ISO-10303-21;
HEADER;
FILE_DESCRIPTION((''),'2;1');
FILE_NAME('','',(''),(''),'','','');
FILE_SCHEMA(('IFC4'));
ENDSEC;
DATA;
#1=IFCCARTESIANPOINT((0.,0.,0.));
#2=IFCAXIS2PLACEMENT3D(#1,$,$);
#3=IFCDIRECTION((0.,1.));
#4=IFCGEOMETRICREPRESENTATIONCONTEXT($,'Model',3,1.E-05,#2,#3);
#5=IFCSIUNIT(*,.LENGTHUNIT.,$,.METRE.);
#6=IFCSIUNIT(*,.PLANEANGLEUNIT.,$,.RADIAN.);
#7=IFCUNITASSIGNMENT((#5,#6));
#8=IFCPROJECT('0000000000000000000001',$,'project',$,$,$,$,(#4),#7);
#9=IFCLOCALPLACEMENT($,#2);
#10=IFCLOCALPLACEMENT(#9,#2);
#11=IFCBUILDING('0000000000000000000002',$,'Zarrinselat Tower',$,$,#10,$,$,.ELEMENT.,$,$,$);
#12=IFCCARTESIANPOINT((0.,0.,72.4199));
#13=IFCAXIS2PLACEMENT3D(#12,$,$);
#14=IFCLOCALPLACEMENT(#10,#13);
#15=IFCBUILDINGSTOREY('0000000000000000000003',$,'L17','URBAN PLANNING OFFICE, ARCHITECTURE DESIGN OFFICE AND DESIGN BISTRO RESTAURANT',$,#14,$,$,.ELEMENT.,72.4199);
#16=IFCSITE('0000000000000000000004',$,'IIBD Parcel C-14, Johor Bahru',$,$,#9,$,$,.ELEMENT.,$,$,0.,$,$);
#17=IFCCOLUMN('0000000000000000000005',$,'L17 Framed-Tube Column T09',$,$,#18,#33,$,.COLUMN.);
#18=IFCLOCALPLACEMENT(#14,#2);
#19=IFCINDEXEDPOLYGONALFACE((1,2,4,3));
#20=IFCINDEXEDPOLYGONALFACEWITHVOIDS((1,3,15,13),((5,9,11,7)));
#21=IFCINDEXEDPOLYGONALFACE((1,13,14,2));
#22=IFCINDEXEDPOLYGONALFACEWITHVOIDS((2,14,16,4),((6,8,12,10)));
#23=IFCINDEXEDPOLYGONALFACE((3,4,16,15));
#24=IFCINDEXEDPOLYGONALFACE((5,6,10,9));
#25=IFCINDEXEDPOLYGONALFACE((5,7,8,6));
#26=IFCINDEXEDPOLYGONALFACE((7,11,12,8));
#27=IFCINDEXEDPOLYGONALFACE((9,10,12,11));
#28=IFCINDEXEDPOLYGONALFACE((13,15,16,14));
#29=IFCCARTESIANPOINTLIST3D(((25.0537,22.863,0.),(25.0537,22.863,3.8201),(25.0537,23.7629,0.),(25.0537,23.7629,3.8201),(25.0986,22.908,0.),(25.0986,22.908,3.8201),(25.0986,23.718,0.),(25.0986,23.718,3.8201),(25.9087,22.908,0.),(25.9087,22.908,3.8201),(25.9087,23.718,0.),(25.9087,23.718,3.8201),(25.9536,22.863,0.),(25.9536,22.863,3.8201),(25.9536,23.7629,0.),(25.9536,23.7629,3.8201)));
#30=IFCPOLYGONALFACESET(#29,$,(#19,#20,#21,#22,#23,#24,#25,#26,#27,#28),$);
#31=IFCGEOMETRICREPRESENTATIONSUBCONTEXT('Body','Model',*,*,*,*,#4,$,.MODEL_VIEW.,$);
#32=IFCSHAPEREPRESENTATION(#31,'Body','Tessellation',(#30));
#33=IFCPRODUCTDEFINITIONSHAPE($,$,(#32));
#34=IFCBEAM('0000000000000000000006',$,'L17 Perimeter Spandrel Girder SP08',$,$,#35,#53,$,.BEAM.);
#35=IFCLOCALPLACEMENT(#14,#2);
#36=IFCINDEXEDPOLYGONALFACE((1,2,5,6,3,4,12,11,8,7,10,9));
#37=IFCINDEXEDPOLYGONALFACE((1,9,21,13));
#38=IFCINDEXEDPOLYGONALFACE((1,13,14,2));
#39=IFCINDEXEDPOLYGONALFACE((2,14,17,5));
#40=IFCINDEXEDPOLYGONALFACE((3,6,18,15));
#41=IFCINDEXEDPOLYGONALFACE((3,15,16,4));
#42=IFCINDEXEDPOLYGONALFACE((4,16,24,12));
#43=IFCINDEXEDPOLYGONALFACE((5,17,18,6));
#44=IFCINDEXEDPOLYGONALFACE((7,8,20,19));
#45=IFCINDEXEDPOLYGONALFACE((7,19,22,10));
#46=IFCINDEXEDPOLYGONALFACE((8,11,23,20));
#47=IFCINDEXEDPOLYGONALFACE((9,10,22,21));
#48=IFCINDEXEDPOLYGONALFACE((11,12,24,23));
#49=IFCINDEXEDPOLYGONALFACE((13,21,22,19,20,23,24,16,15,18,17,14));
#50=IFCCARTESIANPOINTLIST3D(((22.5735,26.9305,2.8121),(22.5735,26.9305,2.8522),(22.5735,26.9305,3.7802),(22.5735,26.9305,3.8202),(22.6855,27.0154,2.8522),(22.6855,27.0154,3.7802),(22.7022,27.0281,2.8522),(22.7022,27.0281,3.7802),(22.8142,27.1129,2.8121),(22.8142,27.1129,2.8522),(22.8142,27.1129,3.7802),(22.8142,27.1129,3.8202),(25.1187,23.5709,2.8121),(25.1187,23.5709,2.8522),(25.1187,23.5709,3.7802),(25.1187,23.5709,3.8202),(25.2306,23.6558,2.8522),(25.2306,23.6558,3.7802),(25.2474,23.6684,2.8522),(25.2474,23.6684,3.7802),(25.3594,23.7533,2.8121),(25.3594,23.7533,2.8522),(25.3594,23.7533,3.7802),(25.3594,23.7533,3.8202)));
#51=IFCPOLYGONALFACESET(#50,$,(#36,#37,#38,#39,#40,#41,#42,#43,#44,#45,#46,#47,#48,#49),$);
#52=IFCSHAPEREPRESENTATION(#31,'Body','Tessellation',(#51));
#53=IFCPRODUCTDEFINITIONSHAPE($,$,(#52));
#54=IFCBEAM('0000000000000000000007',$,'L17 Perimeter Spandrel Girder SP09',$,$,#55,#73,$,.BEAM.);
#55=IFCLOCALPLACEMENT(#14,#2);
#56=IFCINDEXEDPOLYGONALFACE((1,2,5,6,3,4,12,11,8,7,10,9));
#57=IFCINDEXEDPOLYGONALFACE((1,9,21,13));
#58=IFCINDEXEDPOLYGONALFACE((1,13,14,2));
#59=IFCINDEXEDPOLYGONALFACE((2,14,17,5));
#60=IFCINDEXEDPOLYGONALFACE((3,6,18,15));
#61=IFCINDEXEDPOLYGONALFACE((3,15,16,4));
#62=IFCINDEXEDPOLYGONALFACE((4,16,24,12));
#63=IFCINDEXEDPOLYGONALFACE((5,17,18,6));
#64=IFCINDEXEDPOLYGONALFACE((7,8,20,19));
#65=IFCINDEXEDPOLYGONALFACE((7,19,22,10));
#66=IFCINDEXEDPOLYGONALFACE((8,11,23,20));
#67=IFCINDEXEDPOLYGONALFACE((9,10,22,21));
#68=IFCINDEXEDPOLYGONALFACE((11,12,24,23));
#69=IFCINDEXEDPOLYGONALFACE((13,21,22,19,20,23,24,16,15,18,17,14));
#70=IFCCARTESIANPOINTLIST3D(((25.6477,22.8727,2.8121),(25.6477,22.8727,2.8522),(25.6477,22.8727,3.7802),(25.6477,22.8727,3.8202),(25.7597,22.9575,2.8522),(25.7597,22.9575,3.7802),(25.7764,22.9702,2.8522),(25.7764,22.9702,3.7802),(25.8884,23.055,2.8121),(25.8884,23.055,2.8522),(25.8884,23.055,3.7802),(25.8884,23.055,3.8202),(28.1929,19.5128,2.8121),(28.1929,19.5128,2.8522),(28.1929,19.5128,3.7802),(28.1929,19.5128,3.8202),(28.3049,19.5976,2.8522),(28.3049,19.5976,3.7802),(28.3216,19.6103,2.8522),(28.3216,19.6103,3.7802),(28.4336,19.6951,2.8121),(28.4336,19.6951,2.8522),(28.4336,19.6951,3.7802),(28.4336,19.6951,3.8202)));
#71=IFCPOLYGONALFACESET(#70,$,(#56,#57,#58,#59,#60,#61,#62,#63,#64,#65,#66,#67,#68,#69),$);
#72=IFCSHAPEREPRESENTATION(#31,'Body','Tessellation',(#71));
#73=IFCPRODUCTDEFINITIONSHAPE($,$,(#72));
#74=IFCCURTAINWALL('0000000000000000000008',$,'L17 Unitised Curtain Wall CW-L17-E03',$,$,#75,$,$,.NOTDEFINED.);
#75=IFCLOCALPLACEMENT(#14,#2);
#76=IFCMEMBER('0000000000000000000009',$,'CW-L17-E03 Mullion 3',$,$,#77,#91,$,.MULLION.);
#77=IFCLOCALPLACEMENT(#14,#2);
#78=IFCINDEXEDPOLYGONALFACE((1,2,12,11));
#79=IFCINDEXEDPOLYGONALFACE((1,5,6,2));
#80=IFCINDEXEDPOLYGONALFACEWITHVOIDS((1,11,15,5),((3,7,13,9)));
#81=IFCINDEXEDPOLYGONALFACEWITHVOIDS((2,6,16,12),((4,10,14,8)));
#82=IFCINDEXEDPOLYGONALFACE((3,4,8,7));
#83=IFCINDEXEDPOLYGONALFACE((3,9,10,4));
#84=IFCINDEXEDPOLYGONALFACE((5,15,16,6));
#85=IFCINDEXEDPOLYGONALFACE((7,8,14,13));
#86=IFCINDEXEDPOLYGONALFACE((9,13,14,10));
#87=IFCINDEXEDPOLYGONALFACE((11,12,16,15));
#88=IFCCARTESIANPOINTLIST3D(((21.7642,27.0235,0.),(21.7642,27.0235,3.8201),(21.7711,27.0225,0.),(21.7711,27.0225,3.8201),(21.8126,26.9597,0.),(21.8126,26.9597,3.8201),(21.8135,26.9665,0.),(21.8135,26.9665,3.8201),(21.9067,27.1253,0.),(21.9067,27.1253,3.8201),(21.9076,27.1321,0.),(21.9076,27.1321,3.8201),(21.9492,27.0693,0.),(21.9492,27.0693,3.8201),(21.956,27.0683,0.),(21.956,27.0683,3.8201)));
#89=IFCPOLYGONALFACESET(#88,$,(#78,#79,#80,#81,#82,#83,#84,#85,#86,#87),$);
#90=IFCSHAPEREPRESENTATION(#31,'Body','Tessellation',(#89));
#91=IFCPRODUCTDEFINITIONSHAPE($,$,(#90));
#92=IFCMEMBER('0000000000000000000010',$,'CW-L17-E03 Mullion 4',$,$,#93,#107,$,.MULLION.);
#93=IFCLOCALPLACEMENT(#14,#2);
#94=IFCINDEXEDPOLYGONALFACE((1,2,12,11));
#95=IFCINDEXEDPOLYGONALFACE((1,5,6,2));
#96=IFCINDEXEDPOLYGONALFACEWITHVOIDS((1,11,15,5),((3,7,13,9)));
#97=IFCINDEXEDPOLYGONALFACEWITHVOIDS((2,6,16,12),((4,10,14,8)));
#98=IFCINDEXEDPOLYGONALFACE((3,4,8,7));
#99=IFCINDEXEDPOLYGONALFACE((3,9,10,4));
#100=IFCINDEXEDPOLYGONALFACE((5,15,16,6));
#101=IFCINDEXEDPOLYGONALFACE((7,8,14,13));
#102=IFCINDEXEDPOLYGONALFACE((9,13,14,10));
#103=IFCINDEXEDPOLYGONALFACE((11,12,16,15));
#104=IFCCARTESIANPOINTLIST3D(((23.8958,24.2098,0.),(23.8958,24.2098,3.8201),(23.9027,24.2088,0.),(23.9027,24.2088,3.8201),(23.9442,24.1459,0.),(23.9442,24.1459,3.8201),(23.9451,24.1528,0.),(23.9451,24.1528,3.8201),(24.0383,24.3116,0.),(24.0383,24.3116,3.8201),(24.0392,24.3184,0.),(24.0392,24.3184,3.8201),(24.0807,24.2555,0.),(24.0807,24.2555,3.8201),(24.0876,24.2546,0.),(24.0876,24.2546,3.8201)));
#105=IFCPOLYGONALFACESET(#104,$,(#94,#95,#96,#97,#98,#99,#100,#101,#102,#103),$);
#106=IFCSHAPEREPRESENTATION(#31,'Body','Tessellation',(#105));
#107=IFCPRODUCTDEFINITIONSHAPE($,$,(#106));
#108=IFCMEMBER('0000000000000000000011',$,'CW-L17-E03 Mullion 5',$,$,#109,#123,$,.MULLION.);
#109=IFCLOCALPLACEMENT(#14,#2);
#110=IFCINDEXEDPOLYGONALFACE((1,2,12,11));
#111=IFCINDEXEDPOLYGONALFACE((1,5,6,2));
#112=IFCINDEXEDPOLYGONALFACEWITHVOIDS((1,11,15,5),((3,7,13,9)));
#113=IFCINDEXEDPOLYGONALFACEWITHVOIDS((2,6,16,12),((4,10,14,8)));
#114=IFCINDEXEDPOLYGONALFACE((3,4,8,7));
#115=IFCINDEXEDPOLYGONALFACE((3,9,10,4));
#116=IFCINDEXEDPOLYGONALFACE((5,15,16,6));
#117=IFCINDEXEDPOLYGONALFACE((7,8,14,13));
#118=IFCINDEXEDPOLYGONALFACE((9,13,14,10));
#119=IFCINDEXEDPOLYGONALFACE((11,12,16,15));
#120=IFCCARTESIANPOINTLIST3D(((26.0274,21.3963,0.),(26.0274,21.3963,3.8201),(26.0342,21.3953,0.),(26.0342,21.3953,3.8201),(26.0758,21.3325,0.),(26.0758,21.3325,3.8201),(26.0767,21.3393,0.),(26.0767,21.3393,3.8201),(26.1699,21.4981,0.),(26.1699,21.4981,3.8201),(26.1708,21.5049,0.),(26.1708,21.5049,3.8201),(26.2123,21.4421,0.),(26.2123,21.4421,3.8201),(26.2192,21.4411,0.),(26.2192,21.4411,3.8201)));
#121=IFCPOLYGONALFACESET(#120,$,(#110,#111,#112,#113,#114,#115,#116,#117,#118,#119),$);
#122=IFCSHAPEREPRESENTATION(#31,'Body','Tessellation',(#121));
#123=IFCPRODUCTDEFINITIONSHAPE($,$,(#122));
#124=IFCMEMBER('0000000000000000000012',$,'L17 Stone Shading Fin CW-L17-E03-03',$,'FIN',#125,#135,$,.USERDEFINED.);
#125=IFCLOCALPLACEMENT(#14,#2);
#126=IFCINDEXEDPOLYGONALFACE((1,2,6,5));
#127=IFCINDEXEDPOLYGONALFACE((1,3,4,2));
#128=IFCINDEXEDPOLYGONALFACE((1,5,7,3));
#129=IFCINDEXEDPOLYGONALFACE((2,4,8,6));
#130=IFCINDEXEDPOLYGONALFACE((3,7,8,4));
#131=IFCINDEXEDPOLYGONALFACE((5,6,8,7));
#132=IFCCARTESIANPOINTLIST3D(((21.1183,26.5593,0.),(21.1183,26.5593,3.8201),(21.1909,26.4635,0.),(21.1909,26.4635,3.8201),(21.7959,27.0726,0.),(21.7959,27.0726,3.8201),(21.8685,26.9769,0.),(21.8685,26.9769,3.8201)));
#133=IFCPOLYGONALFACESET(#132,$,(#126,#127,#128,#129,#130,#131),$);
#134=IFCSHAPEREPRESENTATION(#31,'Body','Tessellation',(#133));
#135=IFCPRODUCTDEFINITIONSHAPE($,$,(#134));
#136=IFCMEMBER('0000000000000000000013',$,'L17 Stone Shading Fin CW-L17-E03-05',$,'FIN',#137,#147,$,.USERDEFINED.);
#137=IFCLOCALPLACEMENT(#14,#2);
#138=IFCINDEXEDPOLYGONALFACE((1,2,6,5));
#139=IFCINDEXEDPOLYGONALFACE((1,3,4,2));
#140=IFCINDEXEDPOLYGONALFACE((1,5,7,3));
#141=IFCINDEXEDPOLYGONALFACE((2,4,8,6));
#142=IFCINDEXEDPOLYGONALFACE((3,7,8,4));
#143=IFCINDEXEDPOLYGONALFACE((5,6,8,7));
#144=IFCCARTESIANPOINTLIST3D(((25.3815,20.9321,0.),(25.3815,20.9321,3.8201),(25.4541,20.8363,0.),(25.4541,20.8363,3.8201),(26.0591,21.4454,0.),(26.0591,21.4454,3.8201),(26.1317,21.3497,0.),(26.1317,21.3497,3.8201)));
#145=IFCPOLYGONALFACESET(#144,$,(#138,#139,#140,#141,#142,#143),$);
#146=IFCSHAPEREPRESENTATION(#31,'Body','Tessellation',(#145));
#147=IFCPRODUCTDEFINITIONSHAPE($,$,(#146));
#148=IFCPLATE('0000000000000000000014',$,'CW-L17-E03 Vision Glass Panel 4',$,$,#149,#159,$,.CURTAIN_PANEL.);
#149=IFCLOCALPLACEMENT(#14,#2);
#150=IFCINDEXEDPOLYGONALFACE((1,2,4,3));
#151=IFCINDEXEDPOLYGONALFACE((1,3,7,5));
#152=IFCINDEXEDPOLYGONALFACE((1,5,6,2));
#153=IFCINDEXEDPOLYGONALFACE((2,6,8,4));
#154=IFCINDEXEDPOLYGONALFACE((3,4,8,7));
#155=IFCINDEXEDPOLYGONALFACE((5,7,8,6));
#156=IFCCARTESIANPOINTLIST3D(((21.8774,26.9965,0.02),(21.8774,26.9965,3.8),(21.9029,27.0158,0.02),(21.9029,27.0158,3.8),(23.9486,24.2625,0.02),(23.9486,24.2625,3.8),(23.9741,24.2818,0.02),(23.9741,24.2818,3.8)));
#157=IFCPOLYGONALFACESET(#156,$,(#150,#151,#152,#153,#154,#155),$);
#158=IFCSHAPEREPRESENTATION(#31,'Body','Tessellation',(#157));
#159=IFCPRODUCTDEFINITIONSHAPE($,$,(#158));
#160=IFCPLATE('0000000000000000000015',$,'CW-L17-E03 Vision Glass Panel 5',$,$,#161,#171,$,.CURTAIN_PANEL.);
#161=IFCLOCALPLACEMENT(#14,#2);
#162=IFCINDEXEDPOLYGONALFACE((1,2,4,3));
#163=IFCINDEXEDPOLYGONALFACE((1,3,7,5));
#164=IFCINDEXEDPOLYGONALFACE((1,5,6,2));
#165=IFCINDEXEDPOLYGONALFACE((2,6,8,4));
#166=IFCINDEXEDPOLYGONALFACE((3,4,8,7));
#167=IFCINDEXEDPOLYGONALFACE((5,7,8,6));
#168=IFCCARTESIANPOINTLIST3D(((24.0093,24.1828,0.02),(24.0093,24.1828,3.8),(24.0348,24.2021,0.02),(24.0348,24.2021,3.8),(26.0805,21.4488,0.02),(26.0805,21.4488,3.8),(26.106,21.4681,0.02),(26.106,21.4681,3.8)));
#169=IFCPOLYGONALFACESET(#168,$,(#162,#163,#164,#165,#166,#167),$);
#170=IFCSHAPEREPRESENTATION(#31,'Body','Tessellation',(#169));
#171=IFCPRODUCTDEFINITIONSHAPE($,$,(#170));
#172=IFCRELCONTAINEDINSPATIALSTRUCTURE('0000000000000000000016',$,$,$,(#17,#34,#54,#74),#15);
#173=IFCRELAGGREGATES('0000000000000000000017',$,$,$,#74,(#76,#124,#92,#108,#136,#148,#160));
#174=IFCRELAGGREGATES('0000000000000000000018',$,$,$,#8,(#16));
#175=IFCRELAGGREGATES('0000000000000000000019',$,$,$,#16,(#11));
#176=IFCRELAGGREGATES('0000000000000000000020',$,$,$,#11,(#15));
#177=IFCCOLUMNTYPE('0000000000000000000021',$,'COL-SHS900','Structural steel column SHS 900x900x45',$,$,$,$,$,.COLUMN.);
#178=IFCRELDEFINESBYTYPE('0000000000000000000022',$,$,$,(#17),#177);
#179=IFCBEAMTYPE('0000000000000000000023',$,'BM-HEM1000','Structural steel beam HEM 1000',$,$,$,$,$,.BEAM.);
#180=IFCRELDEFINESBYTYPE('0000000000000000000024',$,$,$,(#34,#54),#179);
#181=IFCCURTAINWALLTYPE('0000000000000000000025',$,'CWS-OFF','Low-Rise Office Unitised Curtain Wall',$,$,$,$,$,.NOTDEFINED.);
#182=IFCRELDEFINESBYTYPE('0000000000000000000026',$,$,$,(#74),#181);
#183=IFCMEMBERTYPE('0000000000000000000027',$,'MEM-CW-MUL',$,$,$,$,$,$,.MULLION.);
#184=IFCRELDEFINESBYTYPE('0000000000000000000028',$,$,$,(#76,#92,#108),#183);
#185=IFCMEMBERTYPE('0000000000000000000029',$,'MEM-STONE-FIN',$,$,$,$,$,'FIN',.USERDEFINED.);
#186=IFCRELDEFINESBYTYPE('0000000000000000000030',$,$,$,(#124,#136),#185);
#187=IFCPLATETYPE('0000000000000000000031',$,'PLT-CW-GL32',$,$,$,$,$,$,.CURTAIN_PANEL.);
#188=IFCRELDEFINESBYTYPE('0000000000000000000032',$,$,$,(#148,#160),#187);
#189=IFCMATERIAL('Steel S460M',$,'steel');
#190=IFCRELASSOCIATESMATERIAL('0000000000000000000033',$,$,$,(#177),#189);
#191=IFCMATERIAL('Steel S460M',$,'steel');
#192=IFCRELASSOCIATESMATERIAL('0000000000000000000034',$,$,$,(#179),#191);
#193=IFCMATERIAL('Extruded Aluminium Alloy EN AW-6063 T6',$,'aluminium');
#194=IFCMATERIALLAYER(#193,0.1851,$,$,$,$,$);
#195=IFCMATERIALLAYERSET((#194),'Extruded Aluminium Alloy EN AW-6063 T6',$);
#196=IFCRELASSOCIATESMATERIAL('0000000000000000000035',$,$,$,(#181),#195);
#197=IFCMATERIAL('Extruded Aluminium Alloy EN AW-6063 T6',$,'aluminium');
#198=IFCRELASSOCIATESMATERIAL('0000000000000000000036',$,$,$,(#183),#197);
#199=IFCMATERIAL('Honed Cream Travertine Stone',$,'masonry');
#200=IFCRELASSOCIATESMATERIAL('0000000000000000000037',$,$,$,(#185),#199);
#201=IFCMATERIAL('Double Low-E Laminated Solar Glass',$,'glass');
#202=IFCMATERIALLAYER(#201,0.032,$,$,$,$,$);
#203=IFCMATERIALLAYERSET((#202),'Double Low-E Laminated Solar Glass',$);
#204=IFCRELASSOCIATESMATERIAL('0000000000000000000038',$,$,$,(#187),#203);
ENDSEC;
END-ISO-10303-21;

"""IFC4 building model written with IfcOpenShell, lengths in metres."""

from ifc_helpers import new_model, si_unit, direction, frame, origin, origin_2d, place, context, subcontext, project, spatial, rectangle, hollow_rectangle, i_section, extrude, material, layer, layer_set, material_profile, profile_set, type_object, element, aggregate, save


model = new_model("IFC4")

# Units and contexts
model_context = context("Model", 3, precision=1e-05, world=origin(), true_north=direction((0.0, 1.0)))
body_context = subcontext(model_context, "Body", "Model", "MODEL_VIEW")
ifc_project = project(units=[si_unit("LENGTHUNIT", "METRE"), si_unit("PLANEANGLEUNIT", "RADIAN")], contexts=[model_context])

# Site, building, storey
site_placement = place(None, origin())
site = spatial("IfcSite", under=ifc_project, at=site_placement, Name="IIBD Parcel C-14, Johor Bahru", CompositionType="ELEMENT", RefElevation=0.0)
building_placement = place(site_placement, origin())
building = spatial("IfcBuilding", under=site, at=building_placement, Name="Zarrinselat Tower", CompositionType="ELEMENT")
storey_placement = place(building_placement, frame((0.0, 0.0, 72.4199)))
storey = spatial("IfcBuildingStorey", under=building, at=storey_placement, Name="L17", Description="URBAN PLANNING OFFICE, ARCHITECTURE DESIGN OFFICE AND DESIGN BISTRO RESTAURANT", CompositionType="ELEMENT", Elevation=72.4199)

# Column
ifc_material_1 = material(Name="Steel S460M", Category="steel")
ifc_material_profile_1 = material_profile(ifc_material_1, hollow_rectangle(XDim=0.8999, YDim=0.8999, WallThickness=0.0449, at=origin_2d()), Name="SHS 900x900x45")
ifc_profile_set_1 = profile_set([ifc_material_profile_1], Name="Steel S460M")
column_type = type_object("IfcColumnType", Name="COL-SHS900", Description="Structural steel column SHS 900x900x45", PredefinedType="COLUMN", material=ifc_profile_set_1)
column_placement = place(storey_placement, frame((25.5037, 23.313, 0.0), z_axis=(0.0, 0.0, 1.0), x_axis=(1.0, 0.0, 0.0)))
element("IfcColumn", 1, at=column_placement, inside=storey, type_object=column_type, Name="L17 Framed-Tube Column T09", PredefinedType="COLUMN", context=body_context, shape_type="SweptSolid", body=[
    extrude(hollow_rectangle(XDim=0.8999, YDim=0.8999, WallThickness=0.0449, at=origin_2d()), origin(), (0.0, 0.0, 1.0), 3.8201),
])

# Beams
ifc_material_2 = material(Name="Steel S460M", Category="steel")
ifc_material_profile_2 = material_profile(ifc_material_2, i_section(OverallWidth=0.302, OverallDepth=1.0081, WebThickness=0.021, FlangeThickness=0.04, at=origin_2d()), Name="HEM 1000")
ifc_profile_set_2 = profile_set([ifc_material_profile_2], Name="Steel S460M")
beam_type = type_object("IfcBeamType", Name="BM-HEM1000", Description="Structural steel beam HEM 1000", PredefinedType="BEAM", material=ifc_profile_set_2)
beam_1_placement = place(storey_placement, frame((22.6938, 27.0217, 3.3162), z_axis=(0.603858, -0.797092, 0.0), x_axis=(0.797092, 0.603858, 0.0)))
element("IfcBeam", 2, at=beam_1_placement, inside=storey, type_object=beam_type, Name="L17 Perimeter Spandrel Girder SP08", PredefinedType="BEAM", context=body_context, shape_type="SweptSolid", body=[
    extrude(i_section(OverallWidth=0.302, OverallDepth=1.0081, WebThickness=0.021, FlangeThickness=0.04, at=origin_2d()), origin(), (0.0, 0.0, 1.0), 4.2148),
])
beam_2_placement = place(storey_placement, frame((25.7681, 22.9639, 3.3162), z_axis=(0.60383, -0.797113, 0.0), x_axis=(0.797113, 0.60383, 0.0)))
element("IfcBeam", 3, at=beam_2_placement, inside=storey, type_object=beam_type, Name="L17 Perimeter Spandrel Girder SP09", PredefinedType="BEAM", context=body_context, shape_type="SweptSolid", body=[
    extrude(i_section(OverallWidth=0.302, OverallDepth=1.0081, WebThickness=0.021, FlangeThickness=0.04, at=origin_2d()), origin(), (0.0, 0.0, 1.0), 4.2151),
])

# Curtain wall, members, plates
ifc_material_3 = material(Name="Extruded Aluminium Alloy EN AW-6063 T6", Category="aluminium")
ifc_layer_1 = layer(ifc_material_3, 0.1851)
ifc_layer_set_1 = layer_set([ifc_layer_1], Name="Extruded Aluminium Alloy EN AW-6063 T6")
curtain_wall_type = type_object("IfcCurtainWallType", Name="CWS-OFF", Description="Low-Rise Office Unitised Curtain Wall", PredefinedType="NOTDEFINED", material=ifc_layer_set_1)
curtain_wall_placement = place(storey_placement, origin())
curtain_wall = element("IfcCurtainWall", 4, at=curtain_wall_placement, inside=storey, type_object=curtain_wall_type, Name="L17 Unitised Curtain Wall CW-L17-E03", PredefinedType="NOTDEFINED")
ifc_material_4 = material(Name="Extruded Aluminium Alloy EN AW-6063 T6", Category="aluminium")
ifc_material_profile_3 = material_profile(ifc_material_4, hollow_rectangle(XDim=0.0801, YDim=0.1799, WallThickness=0.0049, at=origin_2d()), Name="RHS 180x80x5")
ifc_profile_set_3 = profile_set([ifc_material_profile_3], Name="Extruded Aluminium Alloy EN AW-6063 T6")
member_type_1 = type_object("IfcMemberType", Name="MEM-CW-MUL", PredefinedType="MULLION", material=ifc_profile_set_3)
member_1_placement = place(storey_placement, frame((21.8601, 27.0459, 0.0), z_axis=(0.0, 0.0, 1.0), x_axis=(0.603855, -0.797094, 0.0)))
member_1 = element("IfcMember", 5, at=member_1_placement, type_object=member_type_1, Name="CW-L17-E03 Mullion 3", PredefinedType="MULLION", context=body_context, shape_type="SweptSolid", body=[
    extrude(hollow_rectangle(XDim=0.0801, YDim=0.1799, WallThickness=0.0049, at=origin_2d()), origin(), (0.0, 0.0, 1.0), 3.8201),
])
member_2_placement = place(storey_placement, frame((23.9917, 24.2322, 0.0), z_axis=(0.0, 0.0, 1.0), x_axis=(0.603855, -0.797094, 0.0)))
member_2 = element("IfcMember", 6, at=member_2_placement, type_object=member_type_1, Name="CW-L17-E03 Mullion 4", PredefinedType="MULLION", context=body_context, shape_type="SweptSolid", body=[
    extrude(hollow_rectangle(XDim=0.0801, YDim=0.1799, WallThickness=0.0049, at=origin_2d()), origin(), (0.0, 0.0, 1.0), 3.8201),
])
member_3_placement = place(storey_placement, frame((26.1233, 21.4187, 0.0), z_axis=(0.0, 0.0, 1.0), x_axis=(0.603855, -0.797094, 0.0)))
member_3 = element("IfcMember", 7, at=member_3_placement, type_object=member_type_1, Name="CW-L17-E03 Mullion 5", PredefinedType="MULLION", context=body_context, shape_type="SweptSolid", body=[
    extrude(hollow_rectangle(XDim=0.0801, YDim=0.1799, WallThickness=0.0049, at=origin_2d()), origin(), (0.0, 0.0, 1.0), 3.8201),
])
ifc_material_5 = material(Name="Honed Cream Travertine Stone", Category="masonry")
ifc_material_profile_4 = material_profile(ifc_material_5, rectangle(XDim=0.1201, YDim=0.8501, at=origin_2d()), Name="FIN 850x120")
ifc_profile_set_4 = profile_set([ifc_material_profile_4], Name="Honed Cream Travertine Stone")
member_type_2 = type_object("IfcMemberType", Name="MEM-STONE-FIN", ElementType="FIN", PredefinedType="USERDEFINED", material=ifc_profile_set_4)
member_4_placement = place(storey_placement, frame((21.4934, 26.7681, 0.0), z_axis=(0.0, 0.0, 1.0), x_axis=(-0.603855, 0.797094, 0.0)))
member_4 = element("IfcMember", 8, at=member_4_placement, type_object=member_type_2, Name="L17 Stone Shading Fin CW-L17-E03-03", ObjectType="FIN", PredefinedType="USERDEFINED", context=body_context, shape_type="SweptSolid", body=[
    extrude(rectangle(XDim=0.1201, YDim=0.8501, at=origin_2d()), origin(), (0.0, 0.0, 1.0), 3.8201),
])
member_5_placement = place(storey_placement, frame((25.7566, 21.1409, 0.0), z_axis=(0.0, 0.0, 1.0), x_axis=(-0.603855, 0.797094, 0.0)))
member_5 = element("IfcMember", 9, at=member_5_placement, type_object=member_type_2, Name="L17 Stone Shading Fin CW-L17-E03-05", ObjectType="FIN", PredefinedType="USERDEFINED", context=body_context, shape_type="SweptSolid", body=[
    extrude(rectangle(XDim=0.1201, YDim=0.8501, at=origin_2d()), origin(), (0.0, 0.0, 1.0), 3.8201),
])
ifc_material_6 = material(Name="Double Low-E Laminated Solar Glass", Category="glass")
ifc_layer_2 = layer(ifc_material_6, 0.032)
ifc_layer_set_2 = layer_set([ifc_layer_2], Name="Double Low-E Laminated Solar Glass")
plate_type = type_object("IfcPlateType", Name="PLT-CW-GL32", PredefinedType="CURTAIN_PANEL", material=ifc_layer_set_2)
plate_1_placement = place(storey_placement, frame((22.9258, 25.6392, 0.02), z_axis=(0.0, 0.0, 1.0), x_axis=(0.603855, -0.797094, 0.0)))
plate_1 = element("IfcPlate", 10, at=plate_1_placement, type_object=plate_type, Name="CW-L17-E03 Vision Glass Panel 4", PredefinedType="CURTAIN_PANEL", context=body_context, shape_type="SweptSolid", body=[
    extrude(rectangle(XDim=3.4299, YDim=0.032, at=origin_2d()), origin(), (0.0, 0.0, 1.0), 3.78),
])
plate_2_placement = place(storey_placement, frame((25.0576, 22.8254, 0.02), z_axis=(0.0, 0.0, 1.0), x_axis=(0.603855, -0.797094, 0.0)))
plate_2 = element("IfcPlate", 11, at=plate_2_placement, type_object=plate_type, Name="CW-L17-E03 Vision Glass Panel 5", PredefinedType="CURTAIN_PANEL", context=body_context, shape_type="SweptSolid", body=[
    extrude(rectangle(XDim=3.4299, YDim=0.032, at=origin_2d()), origin(), (0.0, 0.0, 1.0), 3.78),
])
aggregate(curtain_wall, [member_1, member_4, member_2, member_3, member_5, plate_1, plate_2])

save(model, "model.ifc")
